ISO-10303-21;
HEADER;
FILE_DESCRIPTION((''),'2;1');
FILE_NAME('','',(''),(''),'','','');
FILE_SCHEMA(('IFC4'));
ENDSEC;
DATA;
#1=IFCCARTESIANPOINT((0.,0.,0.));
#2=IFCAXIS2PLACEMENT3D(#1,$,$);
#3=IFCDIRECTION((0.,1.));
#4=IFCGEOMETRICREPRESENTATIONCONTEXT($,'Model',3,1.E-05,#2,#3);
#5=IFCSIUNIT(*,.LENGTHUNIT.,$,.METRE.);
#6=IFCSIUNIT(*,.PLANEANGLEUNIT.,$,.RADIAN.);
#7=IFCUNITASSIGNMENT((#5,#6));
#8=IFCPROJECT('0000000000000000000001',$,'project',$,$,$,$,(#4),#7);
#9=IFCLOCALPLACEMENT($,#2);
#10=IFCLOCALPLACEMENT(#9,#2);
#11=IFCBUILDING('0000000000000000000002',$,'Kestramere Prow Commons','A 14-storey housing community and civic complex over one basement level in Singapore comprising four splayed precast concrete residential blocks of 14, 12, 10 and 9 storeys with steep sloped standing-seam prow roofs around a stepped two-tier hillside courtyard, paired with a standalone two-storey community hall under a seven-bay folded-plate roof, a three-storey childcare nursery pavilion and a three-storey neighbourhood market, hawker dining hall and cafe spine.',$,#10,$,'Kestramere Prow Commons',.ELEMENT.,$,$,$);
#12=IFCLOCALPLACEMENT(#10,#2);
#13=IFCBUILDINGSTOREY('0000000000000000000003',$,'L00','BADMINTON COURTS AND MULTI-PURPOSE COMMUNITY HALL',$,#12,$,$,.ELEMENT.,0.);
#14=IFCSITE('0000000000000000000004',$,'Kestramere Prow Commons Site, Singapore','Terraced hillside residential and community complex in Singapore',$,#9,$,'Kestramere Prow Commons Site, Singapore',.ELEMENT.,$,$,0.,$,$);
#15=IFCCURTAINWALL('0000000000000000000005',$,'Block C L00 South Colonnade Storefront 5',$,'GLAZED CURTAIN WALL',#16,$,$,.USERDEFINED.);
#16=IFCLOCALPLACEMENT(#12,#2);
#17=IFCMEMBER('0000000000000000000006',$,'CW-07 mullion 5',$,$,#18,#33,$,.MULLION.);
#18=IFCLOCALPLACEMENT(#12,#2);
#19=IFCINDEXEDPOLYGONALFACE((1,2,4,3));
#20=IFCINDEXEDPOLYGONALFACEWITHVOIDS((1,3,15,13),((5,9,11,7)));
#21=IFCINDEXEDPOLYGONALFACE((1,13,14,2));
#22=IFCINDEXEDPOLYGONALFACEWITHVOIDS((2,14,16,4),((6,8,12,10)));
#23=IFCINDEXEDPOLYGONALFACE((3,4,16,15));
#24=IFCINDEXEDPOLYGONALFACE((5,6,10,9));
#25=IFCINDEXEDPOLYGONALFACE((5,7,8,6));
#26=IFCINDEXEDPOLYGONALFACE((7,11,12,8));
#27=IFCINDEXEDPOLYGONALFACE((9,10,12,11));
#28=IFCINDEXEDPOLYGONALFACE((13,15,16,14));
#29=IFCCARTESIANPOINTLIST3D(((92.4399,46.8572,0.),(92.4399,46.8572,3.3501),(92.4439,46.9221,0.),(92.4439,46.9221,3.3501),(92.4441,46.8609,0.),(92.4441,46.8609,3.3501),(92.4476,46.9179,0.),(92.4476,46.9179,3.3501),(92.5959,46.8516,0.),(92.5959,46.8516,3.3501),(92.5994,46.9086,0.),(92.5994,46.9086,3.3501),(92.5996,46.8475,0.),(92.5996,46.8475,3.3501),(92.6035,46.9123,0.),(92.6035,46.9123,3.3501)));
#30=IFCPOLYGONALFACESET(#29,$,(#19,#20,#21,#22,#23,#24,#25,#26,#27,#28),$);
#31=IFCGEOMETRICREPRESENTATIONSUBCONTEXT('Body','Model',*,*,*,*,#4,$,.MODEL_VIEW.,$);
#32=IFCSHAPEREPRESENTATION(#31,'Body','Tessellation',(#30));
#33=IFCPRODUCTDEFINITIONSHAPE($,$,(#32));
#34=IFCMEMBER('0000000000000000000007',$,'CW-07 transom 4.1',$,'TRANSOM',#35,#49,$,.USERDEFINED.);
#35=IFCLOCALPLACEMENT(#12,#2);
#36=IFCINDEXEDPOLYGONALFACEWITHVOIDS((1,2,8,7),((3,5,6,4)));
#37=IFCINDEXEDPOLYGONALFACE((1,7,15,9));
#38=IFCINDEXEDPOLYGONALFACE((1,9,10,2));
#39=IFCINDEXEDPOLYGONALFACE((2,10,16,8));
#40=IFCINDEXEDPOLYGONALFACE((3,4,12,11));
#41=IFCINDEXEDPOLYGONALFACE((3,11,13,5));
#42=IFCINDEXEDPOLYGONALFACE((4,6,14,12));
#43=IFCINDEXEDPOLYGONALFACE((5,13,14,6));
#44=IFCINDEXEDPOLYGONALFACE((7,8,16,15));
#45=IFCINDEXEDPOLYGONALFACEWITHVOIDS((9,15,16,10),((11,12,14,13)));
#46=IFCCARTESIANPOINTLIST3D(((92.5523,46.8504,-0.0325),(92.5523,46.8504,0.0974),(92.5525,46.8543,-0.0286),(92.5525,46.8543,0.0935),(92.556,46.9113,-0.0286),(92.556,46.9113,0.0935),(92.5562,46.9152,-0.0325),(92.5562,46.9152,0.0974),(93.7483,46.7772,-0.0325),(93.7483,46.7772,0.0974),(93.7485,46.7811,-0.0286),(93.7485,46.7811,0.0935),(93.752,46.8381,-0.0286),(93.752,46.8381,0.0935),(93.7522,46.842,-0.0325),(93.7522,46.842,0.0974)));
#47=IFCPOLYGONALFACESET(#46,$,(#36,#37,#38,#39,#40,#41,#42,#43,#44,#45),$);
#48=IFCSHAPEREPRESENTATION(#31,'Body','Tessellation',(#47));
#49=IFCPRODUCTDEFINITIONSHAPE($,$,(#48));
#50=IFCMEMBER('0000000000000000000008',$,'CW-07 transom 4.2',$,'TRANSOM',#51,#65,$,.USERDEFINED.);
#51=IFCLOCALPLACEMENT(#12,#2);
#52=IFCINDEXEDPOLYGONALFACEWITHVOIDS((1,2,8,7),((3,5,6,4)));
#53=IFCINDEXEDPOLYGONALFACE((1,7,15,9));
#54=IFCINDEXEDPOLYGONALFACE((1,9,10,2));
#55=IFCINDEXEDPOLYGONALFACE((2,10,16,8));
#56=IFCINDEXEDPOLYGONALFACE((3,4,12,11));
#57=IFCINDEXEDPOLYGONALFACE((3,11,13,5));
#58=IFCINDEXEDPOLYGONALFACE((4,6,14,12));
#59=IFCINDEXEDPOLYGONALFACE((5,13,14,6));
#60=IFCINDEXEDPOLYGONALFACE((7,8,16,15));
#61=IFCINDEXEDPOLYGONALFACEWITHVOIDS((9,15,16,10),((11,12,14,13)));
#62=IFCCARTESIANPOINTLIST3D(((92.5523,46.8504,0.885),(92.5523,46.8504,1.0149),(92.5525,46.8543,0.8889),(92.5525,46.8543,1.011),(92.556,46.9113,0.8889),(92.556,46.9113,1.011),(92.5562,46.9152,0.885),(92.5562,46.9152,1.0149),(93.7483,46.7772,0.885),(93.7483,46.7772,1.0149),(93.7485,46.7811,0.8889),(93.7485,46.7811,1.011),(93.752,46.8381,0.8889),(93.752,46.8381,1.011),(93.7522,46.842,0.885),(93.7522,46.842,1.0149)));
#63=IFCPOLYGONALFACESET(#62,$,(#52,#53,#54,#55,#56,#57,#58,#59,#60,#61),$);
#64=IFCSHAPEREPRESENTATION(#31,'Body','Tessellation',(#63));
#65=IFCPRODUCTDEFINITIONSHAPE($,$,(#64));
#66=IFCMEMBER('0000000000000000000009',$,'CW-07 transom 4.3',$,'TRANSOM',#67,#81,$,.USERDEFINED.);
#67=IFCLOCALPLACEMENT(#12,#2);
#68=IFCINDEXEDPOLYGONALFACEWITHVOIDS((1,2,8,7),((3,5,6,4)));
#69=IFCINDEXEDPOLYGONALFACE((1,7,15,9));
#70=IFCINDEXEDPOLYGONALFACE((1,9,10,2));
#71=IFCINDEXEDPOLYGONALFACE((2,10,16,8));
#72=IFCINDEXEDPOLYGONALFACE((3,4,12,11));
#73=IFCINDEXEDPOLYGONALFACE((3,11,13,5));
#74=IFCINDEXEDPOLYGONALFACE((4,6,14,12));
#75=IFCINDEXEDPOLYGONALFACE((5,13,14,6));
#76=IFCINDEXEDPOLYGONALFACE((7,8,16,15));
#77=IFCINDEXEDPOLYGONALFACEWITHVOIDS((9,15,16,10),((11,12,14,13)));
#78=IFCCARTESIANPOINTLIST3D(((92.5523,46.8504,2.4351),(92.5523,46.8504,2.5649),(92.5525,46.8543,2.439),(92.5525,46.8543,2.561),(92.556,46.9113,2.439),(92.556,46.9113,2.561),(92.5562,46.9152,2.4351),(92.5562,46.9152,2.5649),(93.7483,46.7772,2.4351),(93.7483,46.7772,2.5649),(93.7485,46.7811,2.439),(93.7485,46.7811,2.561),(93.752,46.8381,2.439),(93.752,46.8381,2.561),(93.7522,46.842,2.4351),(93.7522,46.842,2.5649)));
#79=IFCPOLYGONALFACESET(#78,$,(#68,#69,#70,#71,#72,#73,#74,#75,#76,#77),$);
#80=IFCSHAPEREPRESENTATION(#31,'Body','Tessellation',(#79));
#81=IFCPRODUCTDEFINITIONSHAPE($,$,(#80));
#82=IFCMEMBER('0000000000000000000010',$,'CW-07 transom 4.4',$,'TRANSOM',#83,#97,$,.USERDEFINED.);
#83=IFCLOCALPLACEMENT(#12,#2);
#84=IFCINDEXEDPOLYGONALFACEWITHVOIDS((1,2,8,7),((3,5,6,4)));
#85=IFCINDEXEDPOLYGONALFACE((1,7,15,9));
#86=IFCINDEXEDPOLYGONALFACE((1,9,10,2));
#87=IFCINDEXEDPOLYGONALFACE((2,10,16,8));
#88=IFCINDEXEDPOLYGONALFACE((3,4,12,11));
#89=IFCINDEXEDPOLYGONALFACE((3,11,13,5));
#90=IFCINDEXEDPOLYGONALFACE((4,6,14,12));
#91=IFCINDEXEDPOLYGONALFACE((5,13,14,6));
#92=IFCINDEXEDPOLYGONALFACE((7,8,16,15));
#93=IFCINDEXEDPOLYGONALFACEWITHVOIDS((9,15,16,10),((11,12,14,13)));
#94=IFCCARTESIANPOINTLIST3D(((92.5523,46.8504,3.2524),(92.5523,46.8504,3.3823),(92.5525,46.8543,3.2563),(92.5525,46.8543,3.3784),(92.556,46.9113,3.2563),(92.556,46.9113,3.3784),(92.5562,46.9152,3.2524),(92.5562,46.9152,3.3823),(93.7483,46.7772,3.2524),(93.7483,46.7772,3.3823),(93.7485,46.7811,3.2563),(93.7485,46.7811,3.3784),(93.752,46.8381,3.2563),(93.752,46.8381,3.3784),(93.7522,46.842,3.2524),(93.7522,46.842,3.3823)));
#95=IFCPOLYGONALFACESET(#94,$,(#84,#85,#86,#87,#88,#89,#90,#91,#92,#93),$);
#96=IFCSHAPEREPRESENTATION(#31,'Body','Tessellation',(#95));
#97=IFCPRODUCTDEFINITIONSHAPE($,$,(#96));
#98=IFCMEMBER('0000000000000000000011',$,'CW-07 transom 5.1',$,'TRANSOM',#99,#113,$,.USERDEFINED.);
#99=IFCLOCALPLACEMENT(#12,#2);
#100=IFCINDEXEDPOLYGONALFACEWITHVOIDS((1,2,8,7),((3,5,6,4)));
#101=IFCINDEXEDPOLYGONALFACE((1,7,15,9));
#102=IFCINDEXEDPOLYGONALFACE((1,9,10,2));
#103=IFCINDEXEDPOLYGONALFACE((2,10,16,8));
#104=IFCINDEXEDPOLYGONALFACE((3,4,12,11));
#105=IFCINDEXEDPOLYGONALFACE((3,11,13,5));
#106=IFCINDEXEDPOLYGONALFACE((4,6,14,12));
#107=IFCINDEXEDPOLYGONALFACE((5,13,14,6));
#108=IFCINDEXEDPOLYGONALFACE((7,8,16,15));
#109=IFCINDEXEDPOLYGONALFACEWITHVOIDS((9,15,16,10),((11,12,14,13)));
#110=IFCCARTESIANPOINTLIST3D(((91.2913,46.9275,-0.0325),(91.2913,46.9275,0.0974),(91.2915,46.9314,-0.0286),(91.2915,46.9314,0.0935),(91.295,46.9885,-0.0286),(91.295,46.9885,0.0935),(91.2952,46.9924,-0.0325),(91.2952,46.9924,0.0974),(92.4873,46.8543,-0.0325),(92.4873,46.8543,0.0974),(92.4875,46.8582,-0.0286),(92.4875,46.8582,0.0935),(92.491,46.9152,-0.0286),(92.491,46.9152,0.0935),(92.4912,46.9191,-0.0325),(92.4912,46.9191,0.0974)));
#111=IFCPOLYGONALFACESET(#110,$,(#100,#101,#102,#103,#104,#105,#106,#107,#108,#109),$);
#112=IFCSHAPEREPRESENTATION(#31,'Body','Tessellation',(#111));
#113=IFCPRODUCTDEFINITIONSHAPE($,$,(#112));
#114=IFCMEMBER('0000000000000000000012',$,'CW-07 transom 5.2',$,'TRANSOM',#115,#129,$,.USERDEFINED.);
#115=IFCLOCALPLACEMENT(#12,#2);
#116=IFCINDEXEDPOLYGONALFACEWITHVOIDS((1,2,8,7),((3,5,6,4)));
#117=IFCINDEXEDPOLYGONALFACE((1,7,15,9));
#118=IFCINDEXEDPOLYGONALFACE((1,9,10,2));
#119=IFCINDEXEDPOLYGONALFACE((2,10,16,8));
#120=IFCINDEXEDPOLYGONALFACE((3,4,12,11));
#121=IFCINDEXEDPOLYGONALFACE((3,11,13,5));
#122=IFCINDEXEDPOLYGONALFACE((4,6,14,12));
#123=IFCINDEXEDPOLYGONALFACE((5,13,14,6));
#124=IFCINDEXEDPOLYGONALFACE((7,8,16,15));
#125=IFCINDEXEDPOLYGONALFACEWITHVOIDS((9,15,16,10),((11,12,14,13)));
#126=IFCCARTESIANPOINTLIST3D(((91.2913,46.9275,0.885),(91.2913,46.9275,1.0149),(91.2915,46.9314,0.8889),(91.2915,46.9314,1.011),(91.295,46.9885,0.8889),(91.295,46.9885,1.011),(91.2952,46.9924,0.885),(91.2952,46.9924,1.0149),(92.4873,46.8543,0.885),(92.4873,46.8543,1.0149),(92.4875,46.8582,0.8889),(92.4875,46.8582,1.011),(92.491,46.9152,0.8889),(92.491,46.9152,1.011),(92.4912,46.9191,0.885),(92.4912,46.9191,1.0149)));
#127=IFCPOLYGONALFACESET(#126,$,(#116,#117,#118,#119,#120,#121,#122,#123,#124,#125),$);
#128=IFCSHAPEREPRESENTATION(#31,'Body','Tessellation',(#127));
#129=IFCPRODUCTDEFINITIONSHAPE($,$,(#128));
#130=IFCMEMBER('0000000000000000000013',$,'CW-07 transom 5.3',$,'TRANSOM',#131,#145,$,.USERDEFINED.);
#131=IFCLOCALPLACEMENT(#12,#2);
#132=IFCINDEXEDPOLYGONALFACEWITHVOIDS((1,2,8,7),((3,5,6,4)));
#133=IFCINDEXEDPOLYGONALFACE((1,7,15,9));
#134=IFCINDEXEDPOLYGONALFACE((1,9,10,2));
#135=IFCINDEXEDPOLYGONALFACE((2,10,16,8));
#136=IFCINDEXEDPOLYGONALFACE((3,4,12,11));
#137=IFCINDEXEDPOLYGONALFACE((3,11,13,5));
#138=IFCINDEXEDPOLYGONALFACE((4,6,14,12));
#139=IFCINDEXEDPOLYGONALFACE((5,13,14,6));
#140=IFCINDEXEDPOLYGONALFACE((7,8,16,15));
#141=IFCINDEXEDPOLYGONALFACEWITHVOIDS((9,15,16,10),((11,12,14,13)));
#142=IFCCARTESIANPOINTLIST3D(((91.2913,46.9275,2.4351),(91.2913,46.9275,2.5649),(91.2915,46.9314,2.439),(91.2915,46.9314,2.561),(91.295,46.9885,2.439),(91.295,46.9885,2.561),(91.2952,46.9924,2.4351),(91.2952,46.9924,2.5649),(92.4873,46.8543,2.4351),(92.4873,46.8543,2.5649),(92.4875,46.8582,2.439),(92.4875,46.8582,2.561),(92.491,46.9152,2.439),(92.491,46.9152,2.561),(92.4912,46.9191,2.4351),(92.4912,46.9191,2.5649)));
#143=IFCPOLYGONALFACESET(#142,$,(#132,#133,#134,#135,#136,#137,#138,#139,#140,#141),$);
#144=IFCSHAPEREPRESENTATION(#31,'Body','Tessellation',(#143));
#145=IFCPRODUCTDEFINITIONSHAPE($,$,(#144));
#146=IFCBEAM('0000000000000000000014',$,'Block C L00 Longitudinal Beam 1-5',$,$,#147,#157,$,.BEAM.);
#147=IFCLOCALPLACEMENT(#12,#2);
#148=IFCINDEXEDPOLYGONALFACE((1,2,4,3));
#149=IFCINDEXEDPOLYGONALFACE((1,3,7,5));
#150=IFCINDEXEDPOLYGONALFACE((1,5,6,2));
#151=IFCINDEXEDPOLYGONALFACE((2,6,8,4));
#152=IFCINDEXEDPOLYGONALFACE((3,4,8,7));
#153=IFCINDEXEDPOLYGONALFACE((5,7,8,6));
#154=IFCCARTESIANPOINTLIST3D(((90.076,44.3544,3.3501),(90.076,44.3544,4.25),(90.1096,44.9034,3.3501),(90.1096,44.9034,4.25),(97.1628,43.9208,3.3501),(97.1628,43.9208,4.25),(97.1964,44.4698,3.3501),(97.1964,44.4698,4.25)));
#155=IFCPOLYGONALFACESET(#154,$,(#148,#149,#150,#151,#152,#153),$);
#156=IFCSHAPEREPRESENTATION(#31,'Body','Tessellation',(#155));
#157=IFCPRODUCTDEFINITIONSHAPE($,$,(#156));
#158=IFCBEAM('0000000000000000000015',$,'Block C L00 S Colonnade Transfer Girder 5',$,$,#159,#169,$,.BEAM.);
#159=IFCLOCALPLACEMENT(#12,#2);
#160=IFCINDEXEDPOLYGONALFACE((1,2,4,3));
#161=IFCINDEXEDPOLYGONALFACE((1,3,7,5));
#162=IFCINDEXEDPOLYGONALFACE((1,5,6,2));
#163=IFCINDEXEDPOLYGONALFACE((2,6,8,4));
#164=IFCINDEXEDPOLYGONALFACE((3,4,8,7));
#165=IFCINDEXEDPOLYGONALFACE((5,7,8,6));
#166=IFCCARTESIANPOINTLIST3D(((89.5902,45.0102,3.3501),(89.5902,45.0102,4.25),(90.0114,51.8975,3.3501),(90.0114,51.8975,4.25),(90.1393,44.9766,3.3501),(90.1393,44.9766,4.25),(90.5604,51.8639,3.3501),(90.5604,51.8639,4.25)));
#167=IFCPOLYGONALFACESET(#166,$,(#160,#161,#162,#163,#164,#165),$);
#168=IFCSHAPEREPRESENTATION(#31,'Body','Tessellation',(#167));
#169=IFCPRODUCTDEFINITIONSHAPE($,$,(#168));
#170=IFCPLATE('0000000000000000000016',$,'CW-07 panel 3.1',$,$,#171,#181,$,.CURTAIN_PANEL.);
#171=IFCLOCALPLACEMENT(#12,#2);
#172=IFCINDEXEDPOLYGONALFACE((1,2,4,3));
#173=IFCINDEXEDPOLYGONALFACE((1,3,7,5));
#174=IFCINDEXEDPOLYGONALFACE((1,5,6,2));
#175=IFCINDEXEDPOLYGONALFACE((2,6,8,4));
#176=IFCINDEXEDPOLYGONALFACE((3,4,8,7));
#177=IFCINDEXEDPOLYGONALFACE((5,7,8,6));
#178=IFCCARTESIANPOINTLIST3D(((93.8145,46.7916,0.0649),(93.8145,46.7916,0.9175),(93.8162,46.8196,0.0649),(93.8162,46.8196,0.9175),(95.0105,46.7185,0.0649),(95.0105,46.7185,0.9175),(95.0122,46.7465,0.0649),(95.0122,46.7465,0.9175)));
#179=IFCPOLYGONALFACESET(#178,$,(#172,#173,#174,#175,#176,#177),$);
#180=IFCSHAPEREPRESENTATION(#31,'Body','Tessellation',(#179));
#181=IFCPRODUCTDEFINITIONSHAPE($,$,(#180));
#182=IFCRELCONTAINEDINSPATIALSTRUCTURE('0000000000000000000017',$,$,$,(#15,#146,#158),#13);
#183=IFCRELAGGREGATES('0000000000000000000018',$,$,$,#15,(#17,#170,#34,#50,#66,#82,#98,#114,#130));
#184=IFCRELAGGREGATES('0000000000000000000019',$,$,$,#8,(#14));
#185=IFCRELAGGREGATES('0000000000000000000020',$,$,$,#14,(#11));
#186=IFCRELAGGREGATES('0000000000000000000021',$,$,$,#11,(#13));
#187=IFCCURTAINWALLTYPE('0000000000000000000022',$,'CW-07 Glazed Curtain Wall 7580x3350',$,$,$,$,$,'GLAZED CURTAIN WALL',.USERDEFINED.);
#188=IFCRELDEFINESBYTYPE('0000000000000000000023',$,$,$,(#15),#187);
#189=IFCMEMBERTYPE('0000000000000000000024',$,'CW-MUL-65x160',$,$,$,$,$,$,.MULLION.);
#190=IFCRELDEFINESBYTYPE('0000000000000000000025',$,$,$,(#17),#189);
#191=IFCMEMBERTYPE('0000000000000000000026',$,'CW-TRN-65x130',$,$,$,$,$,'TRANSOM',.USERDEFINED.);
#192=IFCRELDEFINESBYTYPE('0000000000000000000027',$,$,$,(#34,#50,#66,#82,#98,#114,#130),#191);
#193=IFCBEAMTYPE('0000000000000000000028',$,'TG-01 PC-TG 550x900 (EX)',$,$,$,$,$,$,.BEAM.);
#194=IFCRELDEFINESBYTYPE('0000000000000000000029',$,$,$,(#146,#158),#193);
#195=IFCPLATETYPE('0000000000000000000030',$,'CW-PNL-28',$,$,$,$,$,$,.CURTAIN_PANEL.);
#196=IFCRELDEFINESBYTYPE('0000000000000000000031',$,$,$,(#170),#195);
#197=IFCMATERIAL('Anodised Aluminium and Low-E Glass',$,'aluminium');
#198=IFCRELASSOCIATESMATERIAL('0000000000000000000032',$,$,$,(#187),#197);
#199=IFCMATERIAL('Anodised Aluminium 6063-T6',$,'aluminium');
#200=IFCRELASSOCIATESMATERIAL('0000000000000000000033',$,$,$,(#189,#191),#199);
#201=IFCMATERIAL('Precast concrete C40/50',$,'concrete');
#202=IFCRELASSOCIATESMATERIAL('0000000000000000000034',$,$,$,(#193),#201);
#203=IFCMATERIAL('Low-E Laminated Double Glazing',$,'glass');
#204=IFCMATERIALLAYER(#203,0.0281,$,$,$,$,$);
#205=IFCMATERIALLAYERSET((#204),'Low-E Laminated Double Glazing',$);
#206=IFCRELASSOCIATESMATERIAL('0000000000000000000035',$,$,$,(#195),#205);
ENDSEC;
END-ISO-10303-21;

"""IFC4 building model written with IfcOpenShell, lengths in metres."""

from ifc_helpers import new_model, si_unit, direction, frame, origin, origin_2d, place, context, subcontext, project, spatial, rectangle, hollow_rectangle, extrude, material, layer, layer_set, material_profile, profile_set, type_object, element, aggregate, save


model = new_model("IFC4")

# Units and contexts
model_context = context("Model", 3, precision=1e-05, world=origin(), true_north=direction((0.0, 1.0)))
body_context = subcontext(model_context, "Body", "Model", "MODEL_VIEW")
ifc_project = project(units=[si_unit("LENGTHUNIT", "METRE"), si_unit("PLANEANGLEUNIT", "RADIAN")], contexts=[model_context])

# Site, building, storey
site_placement = place(None, origin())
site = spatial("IfcSite", under=ifc_project, at=site_placement, Name="Kestramere Prow Commons Site, Singapore", Description="Terraced hillside residential and community complex in Singapore", LongName="Kestramere Prow Commons Site, Singapore", CompositionType="ELEMENT", RefElevation=0.0)
building_placement = place(site_placement, origin())
building = spatial("IfcBuilding", under=site, at=building_placement, Name="Kestramere Prow Commons", Description="A 14-storey housing community and civic complex over one basement level in Singapore comprising four splayed precast concrete residential blocks of 14, 12, 10 and 9 storeys with steep sloped standing-seam prow roofs around a stepped two-tier hillside courtyard, paired with a standalone two-storey community hall under a seven-bay folded-plate roof, a three-storey childcare nursery pavilion and a three-storey neighbourhood market, hawker dining hall and cafe spine.", LongName="Kestramere Prow Commons", CompositionType="ELEMENT")
storey_placement = place(building_placement, origin())
storey = spatial("IfcBuildingStorey", under=building, at=storey_placement, Name="L00", Description="BADMINTON COURTS AND MULTI-PURPOSE COMMUNITY HALL", CompositionType="ELEMENT", Elevation=0.0)

# Shared definitions
ifc_material_1 = material(Name="Precast concrete C40/50", Category="concrete")

# Curtain wall, members
ifc_material_2 = material(Name="Anodised Aluminium and Low-E Glass", Category="aluminium")
curtain_wall_type = type_object("IfcCurtainWallType", Name="CW-07 Glazed Curtain Wall 7580x3350", ElementType="GLAZED CURTAIN WALL", PredefinedType="USERDEFINED", material=ifc_material_2)
curtain_wall_placement = place(storey_placement, origin())
curtain_wall = element("IfcCurtainWall", 1, at=curtain_wall_placement, inside=storey, type_object=curtain_wall_type, Name="Block C L00 South Colonnade Storefront 5", ObjectType="GLAZED CURTAIN WALL", PredefinedType="USERDEFINED")
ifc_material_3 = material(Name="Anodised Aluminium 6063-T6", Category="aluminium")
ifc_material_profile_1 = material_profile(ifc_material_3, hollow_rectangle(XDim=0.0649, YDim=0.1599, WallThickness=0.0039, at=origin_2d()), Name="ALU-MUL 65x160")
ifc_profile_set_1 = profile_set([ifc_material_profile_1], Name="Anodised Aluminium 6063-T6")
member_type_1 = type_object("IfcMemberType", Name="CW-MUL-65x160", PredefinedType="MULLION", material=ifc_profile_set_1)
member_1_placement = place(storey_placement, frame((92.5217, 46.8848, 0.0), z_axis=(0.0, 0.0, 1.0), x_axis=(-0.061049, -0.998135, 0.0)))
member_1 = element("IfcMember", 2, at=member_1_placement, type_object=member_type_1, Name="CW-07 mullion 5", PredefinedType="MULLION", context=body_context, shape_type="SweptSolid", body=[
    extrude(hollow_rectangle(XDim=0.0649, YDim=0.1599, WallThickness=0.0039, at=origin_2d()), origin(), (0.0, 0.0, 1.0), 3.3501),
])
ifc_material_profile_2 = material_profile(ifc_material_3, hollow_rectangle(XDim=0.0649, YDim=0.1299, WallThickness=0.0039, at=origin_2d()), Name="ALU-TRN 65x130")
ifc_profile_set_2 = profile_set([ifc_material_profile_2], Name="Anodised Aluminium 6063-T6")
member_type_2 = type_object("IfcMemberType", Name="CW-TRN-65x130", ElementType="TRANSOM", PredefinedType="USERDEFINED", material=ifc_profile_set_2)
member_2_placement = place(storey_placement, frame((93.7502, 46.8096, 0.0325), z_axis=(-0.99813, 0.061122, 0.0), x_axis=(-0.061122, -0.99813, 0.0)))
member_2 = element("IfcMember", 3, at=member_2_placement, type_object=member_type_2, Name="CW-07 transom 4.1", ObjectType="TRANSOM", PredefinedType="USERDEFINED", context=body_context, shape_type="SweptSolid", body=[
    extrude(hollow_rectangle(XDim=0.0649, YDim=0.1299, WallThickness=0.0039, at=origin_2d()), origin(), (0.0, 0.0, 1.0), 1.1982),
])
member_3_placement = place(storey_placement, frame((93.7502, 46.8096, 0.95), z_axis=(-0.99813, 0.061122, 0.0), x_axis=(-0.061122, -0.99813, 0.0)))
member_3 = element("IfcMember", 4, at=member_3_placement, type_object=member_type_2, Name="CW-07 transom 4.2", ObjectType="TRANSOM", PredefinedType="USERDEFINED", context=body_context, shape_type="SweptSolid", body=[
    extrude(hollow_rectangle(XDim=0.0649, YDim=0.1299, WallThickness=0.0039, at=origin_2d()), origin(), (0.0, 0.0, 1.0), 1.1982),
])
member_4_placement = place(storey_placement, frame((93.7502, 46.8096, 2.5), z_axis=(-0.99813, 0.061122, 0.0), x_axis=(-0.061122, -0.99813, 0.0)))
member_4 = element("IfcMember", 5, at=member_4_placement, type_object=member_type_2, Name="CW-07 transom 4.3", ObjectType="TRANSOM", PredefinedType="USERDEFINED", context=body_context, shape_type="SweptSolid", body=[
    extrude(hollow_rectangle(XDim=0.0649, YDim=0.1299, WallThickness=0.0039, at=origin_2d()), origin(), (0.0, 0.0, 1.0), 1.1982),
])
member_5_placement = place(storey_placement, frame((93.7502, 46.8096, 3.3174), z_axis=(-0.99813, 0.061122, 0.0), x_axis=(-0.061122, -0.99813, 0.0)))
member_5 = element("IfcMember", 6, at=member_5_placement, type_object=member_type_2, Name="CW-07 transom 4.4", ObjectType="TRANSOM", PredefinedType="USERDEFINED", context=body_context, shape_type="SweptSolid", body=[
    extrude(hollow_rectangle(XDim=0.0649, YDim=0.1299, WallThickness=0.0039, at=origin_2d()), origin(), (0.0, 0.0, 1.0), 1.1982),
])
member_6_placement = place(storey_placement, frame((92.4893, 46.8867, 0.0325), z_axis=(-0.99813, 0.061122, 0.0), x_axis=(-0.061122, -0.99813, 0.0)))
member_6 = element("IfcMember", 7, at=member_6_placement, type_object=member_type_2, Name="CW-07 transom 5.1", ObjectType="TRANSOM", PredefinedType="USERDEFINED", context=body_context, shape_type="SweptSolid", body=[
    extrude(hollow_rectangle(XDim=0.0649, YDim=0.1299, WallThickness=0.0039, at=origin_2d()), origin(), (0.0, 0.0, 1.0), 1.1982),
])
member_7_placement = place(storey_placement, frame((92.4893, 46.8867, 0.95), z_axis=(-0.99813, 0.061122, 0.0), x_axis=(-0.061122, -0.99813, 0.0)))
member_7 = element("IfcMember", 8, at=member_7_placement, type_object=member_type_2, Name="CW-07 transom 5.2", ObjectType="TRANSOM", PredefinedType="USERDEFINED", context=body_context, shape_type="SweptSolid", body=[
    extrude(hollow_rectangle(XDim=0.0649, YDim=0.1299, WallThickness=0.0039, at=origin_2d()), origin(), (0.0, 0.0, 1.0), 1.1982),
])
member_8_placement = place(storey_placement, frame((92.4893, 46.8867, 2.5), z_axis=(-0.99813, 0.061122, 0.0), x_axis=(-0.061122, -0.99813, 0.0)))
member_8 = element("IfcMember", 9, at=member_8_placement, type_object=member_type_2, Name="CW-07 transom 5.3", ObjectType="TRANSOM", PredefinedType="USERDEFINED", context=body_context, shape_type="SweptSolid", body=[
    extrude(hollow_rectangle(XDim=0.0649, YDim=0.1299, WallThickness=0.0039, at=origin_2d()), origin(), (0.0, 0.0, 1.0), 1.1982),
])

# Beams
ifc_material_profile_3 = material_profile(ifc_material_1, rectangle(XDim=0.55, YDim=0.8999, at=origin_2d()), Name="PC-TG 550x900")
ifc_profile_set_3 = profile_set([ifc_material_profile_3], Name="Precast concrete C40/50")
beam_type = type_object("IfcBeamType", Name="TG-01 PC-TG 550x900 (EX)", PredefinedType="BEAM", material=ifc_profile_set_3)
beam_1_placement = place(storey_placement, frame((90.0928, 44.6289, 3.8), z_axis=(0.998134, -0.061068, 0.0), x_axis=(0.061068, 0.998134, 0.0)))
element("IfcBeam", 10, at=beam_1_placement, inside=storey, type_object=beam_type, Name="Block C L00 Longitudinal Beam 1-5", PredefinedType="BEAM", context=body_context, shape_type="SweptSolid", body=[
    extrude(rectangle(XDim=0.55, YDim=0.8999, at=origin_2d()), origin(), (0.0, 0.0, 1.0), 7.1001),
])
beam_2_placement = place(storey_placement, frame((89.8647, 44.9934, 3.8), z_axis=(0.061035, 0.998136, 0.0), x_axis=(-0.998136, 0.061035, 0.0)))
element("IfcBeam", 11, at=beam_2_placement, inside=storey, type_object=beam_type, Name="Block C L00 S Colonnade Transfer Girder 5", PredefinedType="BEAM", context=body_context, shape_type="SweptSolid", body=[
    extrude(rectangle(XDim=0.55, YDim=0.8999, at=origin_2d()), origin(), (0.0, 0.0, 1.0), 6.9001),
])

# Plate
ifc_material_4 = material(Name="Low-E Laminated Double Glazing", Category="glass")
ifc_layer_1 = layer(ifc_material_4, 0.0281)
ifc_layer_set_1 = layer_set([ifc_layer_1], Name="Low-E Laminated Double Glazing")
plate_type = type_object("IfcPlateType", Name="CW-PNL-28", PredefinedType="CURTAIN_PANEL", material=ifc_layer_set_1)
plate_1_placement = place(storey_placement, frame((94.4133, 46.769, 0.0649), z_axis=(0.0, 0.0, 1.0), x_axis=(-0.998135, 0.061049, 0.0)))
plate_1 = element("IfcPlate", 12, at=plate_1_placement, type_object=plate_type, Name="CW-07 panel 3.1", PredefinedType="CURTAIN_PANEL", context=body_context, shape_type="SweptSolid", body=[
    extrude(rectangle(XDim=1.1982, YDim=0.0281, at=origin_2d()), origin(), (0.0, 0.0, 1.0), 0.8525),
])
aggregate(curtain_wall, [member_1, plate_1, member_2, member_3, member_4, member_5, member_6, member_7, member_8])

save(model, "model.ifc")
